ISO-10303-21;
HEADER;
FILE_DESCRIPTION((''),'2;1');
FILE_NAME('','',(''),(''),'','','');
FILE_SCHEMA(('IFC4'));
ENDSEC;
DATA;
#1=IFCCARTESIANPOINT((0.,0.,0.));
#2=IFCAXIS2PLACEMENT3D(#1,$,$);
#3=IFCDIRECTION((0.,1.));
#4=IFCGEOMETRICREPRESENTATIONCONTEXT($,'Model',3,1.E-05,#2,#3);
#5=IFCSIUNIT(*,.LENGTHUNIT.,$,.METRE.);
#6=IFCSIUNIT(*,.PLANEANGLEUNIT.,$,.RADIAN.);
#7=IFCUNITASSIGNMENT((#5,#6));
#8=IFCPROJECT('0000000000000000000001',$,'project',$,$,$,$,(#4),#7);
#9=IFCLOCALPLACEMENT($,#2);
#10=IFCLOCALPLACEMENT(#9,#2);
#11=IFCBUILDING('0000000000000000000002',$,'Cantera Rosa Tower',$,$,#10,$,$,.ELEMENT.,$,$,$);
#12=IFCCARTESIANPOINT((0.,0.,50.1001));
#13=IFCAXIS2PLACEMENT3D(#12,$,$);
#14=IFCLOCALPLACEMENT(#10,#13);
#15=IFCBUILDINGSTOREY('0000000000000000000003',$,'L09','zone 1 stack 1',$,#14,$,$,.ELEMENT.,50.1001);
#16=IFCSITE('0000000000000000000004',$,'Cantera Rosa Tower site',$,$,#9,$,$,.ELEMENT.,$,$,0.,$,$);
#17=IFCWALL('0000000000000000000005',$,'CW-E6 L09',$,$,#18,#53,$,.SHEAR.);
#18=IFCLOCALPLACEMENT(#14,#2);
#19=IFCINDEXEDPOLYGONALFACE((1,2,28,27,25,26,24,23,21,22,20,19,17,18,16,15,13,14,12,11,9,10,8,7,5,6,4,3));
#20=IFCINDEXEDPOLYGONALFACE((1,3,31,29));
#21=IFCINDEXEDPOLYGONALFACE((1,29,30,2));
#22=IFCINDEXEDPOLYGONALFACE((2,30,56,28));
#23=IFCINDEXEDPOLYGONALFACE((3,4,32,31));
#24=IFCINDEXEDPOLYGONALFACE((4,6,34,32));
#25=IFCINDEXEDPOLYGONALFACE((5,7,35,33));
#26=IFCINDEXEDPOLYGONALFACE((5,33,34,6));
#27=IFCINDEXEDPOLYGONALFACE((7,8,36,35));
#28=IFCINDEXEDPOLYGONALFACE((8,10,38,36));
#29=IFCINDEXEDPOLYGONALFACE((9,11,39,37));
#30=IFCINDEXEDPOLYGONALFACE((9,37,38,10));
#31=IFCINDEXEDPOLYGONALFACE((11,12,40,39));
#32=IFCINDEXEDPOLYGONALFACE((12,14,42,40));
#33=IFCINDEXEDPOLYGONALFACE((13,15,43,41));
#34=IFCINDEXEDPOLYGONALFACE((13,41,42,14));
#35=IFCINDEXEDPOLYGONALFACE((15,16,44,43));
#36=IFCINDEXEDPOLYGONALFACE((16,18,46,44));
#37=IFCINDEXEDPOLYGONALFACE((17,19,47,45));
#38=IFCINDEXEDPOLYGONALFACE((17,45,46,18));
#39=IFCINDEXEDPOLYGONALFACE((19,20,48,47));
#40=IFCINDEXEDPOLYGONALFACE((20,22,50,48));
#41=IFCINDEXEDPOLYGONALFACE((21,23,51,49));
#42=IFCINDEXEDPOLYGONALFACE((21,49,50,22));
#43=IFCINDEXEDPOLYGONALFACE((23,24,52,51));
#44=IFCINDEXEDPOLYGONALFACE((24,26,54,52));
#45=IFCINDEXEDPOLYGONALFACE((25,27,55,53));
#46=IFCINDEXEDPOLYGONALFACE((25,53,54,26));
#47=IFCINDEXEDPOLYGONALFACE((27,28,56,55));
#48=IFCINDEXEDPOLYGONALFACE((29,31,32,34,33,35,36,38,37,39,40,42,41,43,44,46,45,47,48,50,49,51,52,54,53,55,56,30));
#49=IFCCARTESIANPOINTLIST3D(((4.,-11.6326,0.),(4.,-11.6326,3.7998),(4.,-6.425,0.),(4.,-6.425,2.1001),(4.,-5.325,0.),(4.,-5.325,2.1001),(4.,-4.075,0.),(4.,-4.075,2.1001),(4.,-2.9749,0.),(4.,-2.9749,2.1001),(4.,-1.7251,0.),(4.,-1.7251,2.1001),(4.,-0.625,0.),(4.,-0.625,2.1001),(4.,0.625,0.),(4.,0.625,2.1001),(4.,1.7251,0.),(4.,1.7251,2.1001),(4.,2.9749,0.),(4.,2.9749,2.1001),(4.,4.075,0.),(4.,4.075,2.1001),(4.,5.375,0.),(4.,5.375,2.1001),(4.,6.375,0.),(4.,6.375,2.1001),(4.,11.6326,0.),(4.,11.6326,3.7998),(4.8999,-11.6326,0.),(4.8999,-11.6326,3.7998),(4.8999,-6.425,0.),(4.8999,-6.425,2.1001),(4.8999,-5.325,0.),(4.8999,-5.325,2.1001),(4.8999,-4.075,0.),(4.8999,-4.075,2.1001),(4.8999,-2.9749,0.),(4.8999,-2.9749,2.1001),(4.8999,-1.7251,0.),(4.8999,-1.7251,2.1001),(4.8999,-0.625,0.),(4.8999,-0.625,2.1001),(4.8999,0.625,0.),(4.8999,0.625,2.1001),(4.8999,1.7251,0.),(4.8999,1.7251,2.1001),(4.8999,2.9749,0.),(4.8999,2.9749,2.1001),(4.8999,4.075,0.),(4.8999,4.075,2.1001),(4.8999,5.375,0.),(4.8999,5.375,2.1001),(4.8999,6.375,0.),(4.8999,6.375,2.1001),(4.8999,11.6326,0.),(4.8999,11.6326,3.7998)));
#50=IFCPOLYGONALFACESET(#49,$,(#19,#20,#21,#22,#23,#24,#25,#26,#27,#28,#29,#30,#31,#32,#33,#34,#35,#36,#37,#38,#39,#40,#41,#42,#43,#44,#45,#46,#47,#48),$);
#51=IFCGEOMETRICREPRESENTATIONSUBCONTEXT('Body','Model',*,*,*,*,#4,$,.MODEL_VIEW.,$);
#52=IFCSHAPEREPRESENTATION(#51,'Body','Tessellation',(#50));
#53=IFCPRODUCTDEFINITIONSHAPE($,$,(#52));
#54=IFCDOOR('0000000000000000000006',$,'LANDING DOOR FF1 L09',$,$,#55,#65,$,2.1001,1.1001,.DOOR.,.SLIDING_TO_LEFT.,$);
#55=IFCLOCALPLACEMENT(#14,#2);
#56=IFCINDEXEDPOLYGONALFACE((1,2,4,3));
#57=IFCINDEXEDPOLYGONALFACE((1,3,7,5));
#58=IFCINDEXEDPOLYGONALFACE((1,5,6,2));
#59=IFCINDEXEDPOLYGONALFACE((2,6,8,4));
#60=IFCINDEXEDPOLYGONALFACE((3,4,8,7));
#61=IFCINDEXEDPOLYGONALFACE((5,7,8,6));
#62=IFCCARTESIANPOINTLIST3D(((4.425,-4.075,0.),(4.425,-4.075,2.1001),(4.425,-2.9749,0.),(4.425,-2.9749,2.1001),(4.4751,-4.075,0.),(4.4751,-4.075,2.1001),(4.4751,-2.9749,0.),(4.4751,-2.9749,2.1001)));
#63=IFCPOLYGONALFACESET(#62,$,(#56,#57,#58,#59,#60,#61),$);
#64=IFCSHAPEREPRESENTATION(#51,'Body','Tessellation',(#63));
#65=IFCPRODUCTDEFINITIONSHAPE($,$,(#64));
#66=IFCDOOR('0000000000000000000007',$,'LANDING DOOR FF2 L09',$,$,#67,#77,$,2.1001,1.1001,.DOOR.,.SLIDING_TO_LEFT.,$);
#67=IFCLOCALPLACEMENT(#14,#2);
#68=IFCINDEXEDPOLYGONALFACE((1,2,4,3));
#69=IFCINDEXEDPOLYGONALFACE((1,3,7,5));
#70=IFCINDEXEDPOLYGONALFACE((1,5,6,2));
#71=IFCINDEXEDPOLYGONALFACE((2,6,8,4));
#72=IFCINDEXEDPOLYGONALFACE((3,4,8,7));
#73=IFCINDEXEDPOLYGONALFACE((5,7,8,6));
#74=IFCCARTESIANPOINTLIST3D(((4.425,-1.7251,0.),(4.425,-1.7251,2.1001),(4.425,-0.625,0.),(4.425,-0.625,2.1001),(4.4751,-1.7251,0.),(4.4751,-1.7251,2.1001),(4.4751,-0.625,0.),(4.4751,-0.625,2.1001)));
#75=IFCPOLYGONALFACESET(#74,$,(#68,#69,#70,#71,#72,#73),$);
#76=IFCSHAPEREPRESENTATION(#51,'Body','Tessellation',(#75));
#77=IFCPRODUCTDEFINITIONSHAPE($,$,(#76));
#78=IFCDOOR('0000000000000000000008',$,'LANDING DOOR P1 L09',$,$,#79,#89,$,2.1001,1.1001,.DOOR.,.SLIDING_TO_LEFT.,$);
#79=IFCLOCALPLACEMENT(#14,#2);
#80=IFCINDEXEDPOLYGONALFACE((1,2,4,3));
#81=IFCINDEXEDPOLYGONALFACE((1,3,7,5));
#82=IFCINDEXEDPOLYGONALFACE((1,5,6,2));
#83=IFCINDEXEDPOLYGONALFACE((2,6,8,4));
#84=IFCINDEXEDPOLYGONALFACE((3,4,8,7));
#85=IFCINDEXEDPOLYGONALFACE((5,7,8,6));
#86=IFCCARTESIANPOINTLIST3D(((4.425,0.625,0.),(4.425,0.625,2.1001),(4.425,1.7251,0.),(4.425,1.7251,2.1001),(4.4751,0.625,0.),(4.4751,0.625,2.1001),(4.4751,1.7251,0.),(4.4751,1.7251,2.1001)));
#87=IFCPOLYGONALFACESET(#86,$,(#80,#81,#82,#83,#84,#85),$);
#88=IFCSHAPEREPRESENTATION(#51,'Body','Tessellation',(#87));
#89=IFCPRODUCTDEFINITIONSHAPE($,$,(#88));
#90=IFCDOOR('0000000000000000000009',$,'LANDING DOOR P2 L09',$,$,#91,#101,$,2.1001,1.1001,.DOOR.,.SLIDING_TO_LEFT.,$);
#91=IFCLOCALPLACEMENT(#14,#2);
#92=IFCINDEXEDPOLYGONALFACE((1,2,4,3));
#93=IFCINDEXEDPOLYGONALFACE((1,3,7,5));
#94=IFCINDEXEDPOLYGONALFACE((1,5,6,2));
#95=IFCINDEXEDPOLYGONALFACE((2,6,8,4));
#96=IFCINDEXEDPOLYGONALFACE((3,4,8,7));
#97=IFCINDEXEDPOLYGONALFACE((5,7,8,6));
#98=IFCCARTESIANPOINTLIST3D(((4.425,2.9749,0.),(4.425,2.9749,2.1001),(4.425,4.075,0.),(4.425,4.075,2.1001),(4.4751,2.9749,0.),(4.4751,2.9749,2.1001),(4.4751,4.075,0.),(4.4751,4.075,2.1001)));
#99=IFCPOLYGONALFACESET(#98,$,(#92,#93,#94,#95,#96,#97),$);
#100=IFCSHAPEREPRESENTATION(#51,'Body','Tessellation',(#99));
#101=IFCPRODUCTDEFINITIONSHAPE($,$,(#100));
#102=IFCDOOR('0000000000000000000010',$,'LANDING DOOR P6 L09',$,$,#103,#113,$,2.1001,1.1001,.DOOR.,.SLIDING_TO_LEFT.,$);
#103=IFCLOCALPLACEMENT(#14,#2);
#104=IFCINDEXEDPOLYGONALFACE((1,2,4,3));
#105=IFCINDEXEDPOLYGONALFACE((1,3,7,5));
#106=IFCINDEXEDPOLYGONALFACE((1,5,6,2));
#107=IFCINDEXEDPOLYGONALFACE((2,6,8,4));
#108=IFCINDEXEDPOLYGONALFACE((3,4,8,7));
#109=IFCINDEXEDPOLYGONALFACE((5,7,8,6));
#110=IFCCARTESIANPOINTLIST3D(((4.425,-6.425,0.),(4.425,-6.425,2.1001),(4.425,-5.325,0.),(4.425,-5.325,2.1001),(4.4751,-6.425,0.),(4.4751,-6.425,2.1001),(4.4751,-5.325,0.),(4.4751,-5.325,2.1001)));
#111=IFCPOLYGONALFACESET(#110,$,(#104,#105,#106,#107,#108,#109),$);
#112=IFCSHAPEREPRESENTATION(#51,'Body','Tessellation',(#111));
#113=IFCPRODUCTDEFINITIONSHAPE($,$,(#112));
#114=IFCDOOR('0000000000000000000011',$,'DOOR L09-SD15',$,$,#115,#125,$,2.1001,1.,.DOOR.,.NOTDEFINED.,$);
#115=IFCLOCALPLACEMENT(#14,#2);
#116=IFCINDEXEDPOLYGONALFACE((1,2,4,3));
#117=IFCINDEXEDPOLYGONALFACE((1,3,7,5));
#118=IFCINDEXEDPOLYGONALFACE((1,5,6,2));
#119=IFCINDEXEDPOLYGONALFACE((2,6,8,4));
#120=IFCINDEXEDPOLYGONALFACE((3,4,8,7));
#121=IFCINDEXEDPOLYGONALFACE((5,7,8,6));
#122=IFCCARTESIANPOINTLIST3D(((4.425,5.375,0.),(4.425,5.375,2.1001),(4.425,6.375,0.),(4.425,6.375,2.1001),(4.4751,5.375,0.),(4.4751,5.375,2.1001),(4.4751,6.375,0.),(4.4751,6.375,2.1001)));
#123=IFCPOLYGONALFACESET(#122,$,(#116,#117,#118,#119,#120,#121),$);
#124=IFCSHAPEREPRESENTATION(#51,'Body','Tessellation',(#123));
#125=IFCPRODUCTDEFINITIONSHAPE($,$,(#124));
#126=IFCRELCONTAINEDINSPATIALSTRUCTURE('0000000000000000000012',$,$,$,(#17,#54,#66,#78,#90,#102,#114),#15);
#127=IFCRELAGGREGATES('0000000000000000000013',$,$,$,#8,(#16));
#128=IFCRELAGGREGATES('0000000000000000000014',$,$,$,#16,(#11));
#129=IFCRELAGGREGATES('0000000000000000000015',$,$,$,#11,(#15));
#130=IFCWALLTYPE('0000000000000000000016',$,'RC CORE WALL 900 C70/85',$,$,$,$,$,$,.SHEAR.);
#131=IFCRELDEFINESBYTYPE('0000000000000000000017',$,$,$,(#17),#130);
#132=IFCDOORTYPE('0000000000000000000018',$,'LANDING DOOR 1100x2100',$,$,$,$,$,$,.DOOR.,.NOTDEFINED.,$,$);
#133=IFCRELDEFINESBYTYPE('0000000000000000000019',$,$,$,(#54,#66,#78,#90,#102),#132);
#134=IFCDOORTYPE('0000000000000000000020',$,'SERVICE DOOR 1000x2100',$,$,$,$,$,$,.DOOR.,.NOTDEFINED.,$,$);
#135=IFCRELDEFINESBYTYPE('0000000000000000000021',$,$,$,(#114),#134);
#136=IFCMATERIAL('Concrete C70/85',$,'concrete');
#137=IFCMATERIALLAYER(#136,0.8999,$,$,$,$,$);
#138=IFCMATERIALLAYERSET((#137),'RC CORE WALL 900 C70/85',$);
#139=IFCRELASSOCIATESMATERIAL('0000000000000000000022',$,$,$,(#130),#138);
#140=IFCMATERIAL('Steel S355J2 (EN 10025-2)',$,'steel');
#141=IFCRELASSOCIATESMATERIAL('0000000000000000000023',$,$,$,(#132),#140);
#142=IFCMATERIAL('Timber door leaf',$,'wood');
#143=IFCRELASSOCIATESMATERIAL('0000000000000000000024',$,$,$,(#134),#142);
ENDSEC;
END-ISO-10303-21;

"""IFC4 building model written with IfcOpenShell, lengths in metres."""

from ifc_helpers import new_model, si_unit, direction, frame, frame_2d, origin, place, context, subcontext, project, spatial, rectangle, extrude, material, layer, layer_set, type_object, element, fill, save


model = new_model("IFC4")

# Units and contexts
model_context = context("Model", 3, precision=1e-05, world=origin(), true_north=direction((0.0, 1.0)))
body_context = subcontext(model_context, "Body", "Model", "MODEL_VIEW")
ifc_project = project(units=[si_unit("LENGTHUNIT", "METRE"), si_unit("PLANEANGLEUNIT", "RADIAN")], contexts=[model_context])

# Site, building, storey
site_placement = place(None, origin())
site = spatial("IfcSite", under=ifc_project, at=site_placement, Name="Cantera Rosa Tower site", CompositionType="ELEMENT", RefElevation=0.0)
building_placement = place(site_placement, origin())
building = spatial("IfcBuilding", under=site, at=building_placement, Name="Cantera Rosa Tower", CompositionType="ELEMENT")
storey_placement = place(building_placement, frame((0.0, 0.0, 50.1001)))
storey = spatial("IfcBuildingStorey", under=building, at=storey_placement, Name="L09", Description="zone 1 stack 1", CompositionType="ELEMENT", Elevation=50.1001)

# Wall, openings, doors
ifc_material_1 = material(Name="Concrete C70/85", Category="concrete")
ifc_layer_1 = layer(ifc_material_1, 0.8999)
ifc_layer_set_1 = layer_set([ifc_layer_1], Name="RC CORE WALL 900 C70/85")
wall_type_1 = type_object("IfcWallType", Name="RC CORE WALL 900 C70/85", PredefinedType="SHEAR", material=ifc_layer_set_1)
wall_1_placement = place(storey_placement, frame((4.45, -11.6326, 0.0), z_axis=(0.0, 0.0, 1.0), x_axis=(0.0, 1.0, 0.0)))
wall_1 = element("IfcWall", 1, at=wall_1_placement, inside=storey, type_object=wall_type_1, Name="CW-E6 L09", PredefinedType="SHEAR", context=body_context, shape_type="SweptSolid", body=[
    extrude(rectangle(XDim=23.2651, YDim=0.8999, at=frame_2d((11.6326, 0.0))), origin(), (0.0, 0.0, 1.0), 3.7998),
])
opening_1_placement = place(wall_1_placement, frame((7.5576, 0.0, 0.0)))
opening_1 = element("IfcOpeningElement", 2, at=opening_1_placement, cuts=wall_1, PredefinedType="OPENING", context=body_context, shape_type="SweptSolid", body=[
    extrude(rectangle(XDim=1.1001, YDim=2.1001, at=frame_2d((0.55, 1.05))), frame((0.0, 0.46, 0.0), z_axis=(0.0, -1.0, 0.0), x_axis=(1.0, 0.0, 0.0)), (0.0, 0.0, 1.0), 0.9199),
])
opening_2_placement = place(wall_1_placement, frame((9.9075, 0.0, 0.0)))
opening_2 = element("IfcOpeningElement", 3, at=opening_2_placement, cuts=wall_1, PredefinedType="OPENING", context=body_context, shape_type="SweptSolid", body=[
    extrude(rectangle(XDim=1.1001, YDim=2.1001, at=frame_2d((0.55, 1.05))), frame((0.0, 0.46, 0.0), z_axis=(0.0, -1.0, 0.0), x_axis=(1.0, 0.0, 0.0)), (0.0, 0.0, 1.0), 0.9199),
])
opening_3_placement = place(wall_1_placement, frame((12.2576, 0.0, 0.0)))
opening_3 = element("IfcOpeningElement", 4, at=opening_3_placement, cuts=wall_1, PredefinedType="OPENING", context=body_context, shape_type="SweptSolid", body=[
    extrude(rectangle(XDim=1.1001, YDim=2.1001, at=frame_2d((0.55, 1.05))), frame((0.0, 0.46, 0.0), z_axis=(0.0, -1.0, 0.0), x_axis=(1.0, 0.0, 0.0)), (0.0, 0.0, 1.0), 0.9199),
])
opening_4_placement = place(wall_1_placement, frame((14.6074, 0.0, 0.0)))
opening_4 = element("IfcOpeningElement", 5, at=opening_4_placement, cuts=wall_1, PredefinedType="OPENING", context=body_context, shape_type="SweptSolid", body=[
    extrude(rectangle(XDim=1.1001, YDim=2.1001, at=frame_2d((0.55, 1.05))), frame((0.0, 0.46, 0.0), z_axis=(0.0, -1.0, 0.0), x_axis=(1.0, 0.0, 0.0)), (0.0, 0.0, 1.0), 0.9199),
])
opening_5_placement = place(wall_1_placement, frame((5.2075, 0.0, 0.0)))
opening_5 = element("IfcOpeningElement", 6, at=opening_5_placement, cuts=wall_1, PredefinedType="OPENING", context=body_context, shape_type="SweptSolid", body=[
    extrude(rectangle(XDim=1.1001, YDim=2.1001, at=frame_2d((0.55, 1.05))), frame((0.0, 0.46, 0.0), z_axis=(0.0, -1.0, 0.0), x_axis=(1.0, 0.0, 0.0)), (0.0, 0.0, 1.0), 0.9199),
])
opening_6_placement = place(wall_1_placement, frame((17.0076, 0.0, 0.0)))
opening_6 = element("IfcOpeningElement", 7, at=opening_6_placement, cuts=wall_1, PredefinedType="OPENING", context=body_context, shape_type="SweptSolid", body=[
    extrude(rectangle(XDim=1.0, YDim=2.1001, at=frame_2d((0.5, 1.05))), frame((0.0, 0.46, 0.0), z_axis=(0.0, -1.0, 0.0), x_axis=(1.0, 0.0, 0.0)), (0.0, 0.0, 1.0), 0.9199),
])
ifc_material_2 = material(Name="Steel S355J2 (EN 10025-2)", Category="steel")
door_type_1 = type_object("IfcDoorType", Name="LANDING DOOR 1100x2100", OperationType="NOTDEFINED", PredefinedType="DOOR", material=ifc_material_2)
door_1_placement = place(opening_1_placement, origin())
door_1 = element("IfcDoor", 8, at=door_1_placement, inside=storey, type_object=door_type_1, Name="LANDING DOOR FF1 L09", OperationType="SLIDING_TO_LEFT", OverallHeight=2.1001, OverallWidth=1.1001, PredefinedType="DOOR", context=body_context, shape_type="SweptSolid", body=[
    extrude(rectangle(XDim=1.1001, YDim=2.1001, at=frame_2d((0.55, 1.05))), frame((0.0, 0.0249, 0.0), z_axis=(0.0, -1.0, 0.0), x_axis=(1.0, 0.0, 0.0)), (0.0, 0.0, 1.0), 0.05),
])
fill(opening_1, door_1)
door_2_placement = place(opening_2_placement, origin())
door_2 = element("IfcDoor", 9, at=door_2_placement, inside=storey, type_object=door_type_1, Name="LANDING DOOR FF2 L09", OperationType="SLIDING_TO_LEFT", OverallHeight=2.1001, OverallWidth=1.1001, PredefinedType="DOOR", context=body_context, shape_type="SweptSolid", body=[
    extrude(rectangle(XDim=1.1001, YDim=2.1001, at=frame_2d((0.55, 1.05))), frame((0.0, 0.0249, 0.0), z_axis=(0.0, -1.0, 0.0), x_axis=(1.0, 0.0, 0.0)), (0.0, 0.0, 1.0), 0.05),
])
fill(opening_2, door_2)
door_3_placement = place(opening_3_placement, origin())
door_3 = element("IfcDoor", 10, at=door_3_placement, inside=storey, type_object=door_type_1, Name="LANDING DOOR P1 L09", OperationType="SLIDING_TO_LEFT", OverallHeight=2.1001, OverallWidth=1.1001, PredefinedType="DOOR", context=body_context, shape_type="SweptSolid", body=[
    extrude(rectangle(XDim=1.1001, YDim=2.1001, at=frame_2d((0.55, 1.05))), frame((0.0, 0.0249, 0.0), z_axis=(0.0, -1.0, 0.0), x_axis=(1.0, 0.0, 0.0)), (0.0, 0.0, 1.0), 0.05),
])
fill(opening_3, door_3)
door_4_placement = place(opening_4_placement, origin())
door_4 = element("IfcDoor", 11, at=door_4_placement, inside=storey, type_object=door_type_1, Name="LANDING DOOR P2 L09", OperationType="SLIDING_TO_LEFT", OverallHeight=2.1001, OverallWidth=1.1001, PredefinedType="DOOR", context=body_context, shape_type="SweptSolid", body=[
    extrude(rectangle(XDim=1.1001, YDim=2.1001, at=frame_2d((0.55, 1.05))), frame((0.0, 0.0249, 0.0), z_axis=(0.0, -1.0, 0.0), x_axis=(1.0, 0.0, 0.0)), (0.0, 0.0, 1.0), 0.05),
])
fill(opening_4, door_4)
door_5_placement = place(opening_5_placement, origin())
door_5 = element("IfcDoor", 12, at=door_5_placement, inside=storey, type_object=door_type_1, Name="LANDING DOOR P6 L09", OperationType="SLIDING_TO_LEFT", OverallHeight=2.1001, OverallWidth=1.1001, PredefinedType="DOOR", context=body_context, shape_type="SweptSolid", body=[
    extrude(rectangle(XDim=1.1001, YDim=2.1001, at=frame_2d((0.55, 1.05))), frame((0.0, 0.0249, 0.0), z_axis=(0.0, -1.0, 0.0), x_axis=(1.0, 0.0, 0.0)), (0.0, 0.0, 1.0), 0.05),
])
fill(opening_5, door_5)
ifc_material_3 = material(Name="Timber door leaf", Category="wood")
door_type_2 = type_object("IfcDoorType", Name="SERVICE DOOR 1000x2100", OperationType="NOTDEFINED", PredefinedType="DOOR", material=ifc_material_3)
door_6_placement = place(opening_6_placement, origin())
door_6 = element("IfcDoor", 13, at=door_6_placement, inside=storey, type_object=door_type_2, Name="DOOR L09-SD15", OperationType="NOTDEFINED", OverallHeight=2.1001, OverallWidth=1.0, PredefinedType="DOOR", context=body_context, shape_type="SweptSolid", body=[
    extrude(rectangle(XDim=1.0, YDim=2.1001, at=frame_2d((0.5, 1.05))), frame((0.0, 0.0249, 0.0), z_axis=(0.0, -1.0, 0.0), x_axis=(1.0, 0.0, 0.0)), (0.0, 0.0, 1.0), 0.05),
])
fill(opening_6, door_6)

save(model, "model.ifc")
